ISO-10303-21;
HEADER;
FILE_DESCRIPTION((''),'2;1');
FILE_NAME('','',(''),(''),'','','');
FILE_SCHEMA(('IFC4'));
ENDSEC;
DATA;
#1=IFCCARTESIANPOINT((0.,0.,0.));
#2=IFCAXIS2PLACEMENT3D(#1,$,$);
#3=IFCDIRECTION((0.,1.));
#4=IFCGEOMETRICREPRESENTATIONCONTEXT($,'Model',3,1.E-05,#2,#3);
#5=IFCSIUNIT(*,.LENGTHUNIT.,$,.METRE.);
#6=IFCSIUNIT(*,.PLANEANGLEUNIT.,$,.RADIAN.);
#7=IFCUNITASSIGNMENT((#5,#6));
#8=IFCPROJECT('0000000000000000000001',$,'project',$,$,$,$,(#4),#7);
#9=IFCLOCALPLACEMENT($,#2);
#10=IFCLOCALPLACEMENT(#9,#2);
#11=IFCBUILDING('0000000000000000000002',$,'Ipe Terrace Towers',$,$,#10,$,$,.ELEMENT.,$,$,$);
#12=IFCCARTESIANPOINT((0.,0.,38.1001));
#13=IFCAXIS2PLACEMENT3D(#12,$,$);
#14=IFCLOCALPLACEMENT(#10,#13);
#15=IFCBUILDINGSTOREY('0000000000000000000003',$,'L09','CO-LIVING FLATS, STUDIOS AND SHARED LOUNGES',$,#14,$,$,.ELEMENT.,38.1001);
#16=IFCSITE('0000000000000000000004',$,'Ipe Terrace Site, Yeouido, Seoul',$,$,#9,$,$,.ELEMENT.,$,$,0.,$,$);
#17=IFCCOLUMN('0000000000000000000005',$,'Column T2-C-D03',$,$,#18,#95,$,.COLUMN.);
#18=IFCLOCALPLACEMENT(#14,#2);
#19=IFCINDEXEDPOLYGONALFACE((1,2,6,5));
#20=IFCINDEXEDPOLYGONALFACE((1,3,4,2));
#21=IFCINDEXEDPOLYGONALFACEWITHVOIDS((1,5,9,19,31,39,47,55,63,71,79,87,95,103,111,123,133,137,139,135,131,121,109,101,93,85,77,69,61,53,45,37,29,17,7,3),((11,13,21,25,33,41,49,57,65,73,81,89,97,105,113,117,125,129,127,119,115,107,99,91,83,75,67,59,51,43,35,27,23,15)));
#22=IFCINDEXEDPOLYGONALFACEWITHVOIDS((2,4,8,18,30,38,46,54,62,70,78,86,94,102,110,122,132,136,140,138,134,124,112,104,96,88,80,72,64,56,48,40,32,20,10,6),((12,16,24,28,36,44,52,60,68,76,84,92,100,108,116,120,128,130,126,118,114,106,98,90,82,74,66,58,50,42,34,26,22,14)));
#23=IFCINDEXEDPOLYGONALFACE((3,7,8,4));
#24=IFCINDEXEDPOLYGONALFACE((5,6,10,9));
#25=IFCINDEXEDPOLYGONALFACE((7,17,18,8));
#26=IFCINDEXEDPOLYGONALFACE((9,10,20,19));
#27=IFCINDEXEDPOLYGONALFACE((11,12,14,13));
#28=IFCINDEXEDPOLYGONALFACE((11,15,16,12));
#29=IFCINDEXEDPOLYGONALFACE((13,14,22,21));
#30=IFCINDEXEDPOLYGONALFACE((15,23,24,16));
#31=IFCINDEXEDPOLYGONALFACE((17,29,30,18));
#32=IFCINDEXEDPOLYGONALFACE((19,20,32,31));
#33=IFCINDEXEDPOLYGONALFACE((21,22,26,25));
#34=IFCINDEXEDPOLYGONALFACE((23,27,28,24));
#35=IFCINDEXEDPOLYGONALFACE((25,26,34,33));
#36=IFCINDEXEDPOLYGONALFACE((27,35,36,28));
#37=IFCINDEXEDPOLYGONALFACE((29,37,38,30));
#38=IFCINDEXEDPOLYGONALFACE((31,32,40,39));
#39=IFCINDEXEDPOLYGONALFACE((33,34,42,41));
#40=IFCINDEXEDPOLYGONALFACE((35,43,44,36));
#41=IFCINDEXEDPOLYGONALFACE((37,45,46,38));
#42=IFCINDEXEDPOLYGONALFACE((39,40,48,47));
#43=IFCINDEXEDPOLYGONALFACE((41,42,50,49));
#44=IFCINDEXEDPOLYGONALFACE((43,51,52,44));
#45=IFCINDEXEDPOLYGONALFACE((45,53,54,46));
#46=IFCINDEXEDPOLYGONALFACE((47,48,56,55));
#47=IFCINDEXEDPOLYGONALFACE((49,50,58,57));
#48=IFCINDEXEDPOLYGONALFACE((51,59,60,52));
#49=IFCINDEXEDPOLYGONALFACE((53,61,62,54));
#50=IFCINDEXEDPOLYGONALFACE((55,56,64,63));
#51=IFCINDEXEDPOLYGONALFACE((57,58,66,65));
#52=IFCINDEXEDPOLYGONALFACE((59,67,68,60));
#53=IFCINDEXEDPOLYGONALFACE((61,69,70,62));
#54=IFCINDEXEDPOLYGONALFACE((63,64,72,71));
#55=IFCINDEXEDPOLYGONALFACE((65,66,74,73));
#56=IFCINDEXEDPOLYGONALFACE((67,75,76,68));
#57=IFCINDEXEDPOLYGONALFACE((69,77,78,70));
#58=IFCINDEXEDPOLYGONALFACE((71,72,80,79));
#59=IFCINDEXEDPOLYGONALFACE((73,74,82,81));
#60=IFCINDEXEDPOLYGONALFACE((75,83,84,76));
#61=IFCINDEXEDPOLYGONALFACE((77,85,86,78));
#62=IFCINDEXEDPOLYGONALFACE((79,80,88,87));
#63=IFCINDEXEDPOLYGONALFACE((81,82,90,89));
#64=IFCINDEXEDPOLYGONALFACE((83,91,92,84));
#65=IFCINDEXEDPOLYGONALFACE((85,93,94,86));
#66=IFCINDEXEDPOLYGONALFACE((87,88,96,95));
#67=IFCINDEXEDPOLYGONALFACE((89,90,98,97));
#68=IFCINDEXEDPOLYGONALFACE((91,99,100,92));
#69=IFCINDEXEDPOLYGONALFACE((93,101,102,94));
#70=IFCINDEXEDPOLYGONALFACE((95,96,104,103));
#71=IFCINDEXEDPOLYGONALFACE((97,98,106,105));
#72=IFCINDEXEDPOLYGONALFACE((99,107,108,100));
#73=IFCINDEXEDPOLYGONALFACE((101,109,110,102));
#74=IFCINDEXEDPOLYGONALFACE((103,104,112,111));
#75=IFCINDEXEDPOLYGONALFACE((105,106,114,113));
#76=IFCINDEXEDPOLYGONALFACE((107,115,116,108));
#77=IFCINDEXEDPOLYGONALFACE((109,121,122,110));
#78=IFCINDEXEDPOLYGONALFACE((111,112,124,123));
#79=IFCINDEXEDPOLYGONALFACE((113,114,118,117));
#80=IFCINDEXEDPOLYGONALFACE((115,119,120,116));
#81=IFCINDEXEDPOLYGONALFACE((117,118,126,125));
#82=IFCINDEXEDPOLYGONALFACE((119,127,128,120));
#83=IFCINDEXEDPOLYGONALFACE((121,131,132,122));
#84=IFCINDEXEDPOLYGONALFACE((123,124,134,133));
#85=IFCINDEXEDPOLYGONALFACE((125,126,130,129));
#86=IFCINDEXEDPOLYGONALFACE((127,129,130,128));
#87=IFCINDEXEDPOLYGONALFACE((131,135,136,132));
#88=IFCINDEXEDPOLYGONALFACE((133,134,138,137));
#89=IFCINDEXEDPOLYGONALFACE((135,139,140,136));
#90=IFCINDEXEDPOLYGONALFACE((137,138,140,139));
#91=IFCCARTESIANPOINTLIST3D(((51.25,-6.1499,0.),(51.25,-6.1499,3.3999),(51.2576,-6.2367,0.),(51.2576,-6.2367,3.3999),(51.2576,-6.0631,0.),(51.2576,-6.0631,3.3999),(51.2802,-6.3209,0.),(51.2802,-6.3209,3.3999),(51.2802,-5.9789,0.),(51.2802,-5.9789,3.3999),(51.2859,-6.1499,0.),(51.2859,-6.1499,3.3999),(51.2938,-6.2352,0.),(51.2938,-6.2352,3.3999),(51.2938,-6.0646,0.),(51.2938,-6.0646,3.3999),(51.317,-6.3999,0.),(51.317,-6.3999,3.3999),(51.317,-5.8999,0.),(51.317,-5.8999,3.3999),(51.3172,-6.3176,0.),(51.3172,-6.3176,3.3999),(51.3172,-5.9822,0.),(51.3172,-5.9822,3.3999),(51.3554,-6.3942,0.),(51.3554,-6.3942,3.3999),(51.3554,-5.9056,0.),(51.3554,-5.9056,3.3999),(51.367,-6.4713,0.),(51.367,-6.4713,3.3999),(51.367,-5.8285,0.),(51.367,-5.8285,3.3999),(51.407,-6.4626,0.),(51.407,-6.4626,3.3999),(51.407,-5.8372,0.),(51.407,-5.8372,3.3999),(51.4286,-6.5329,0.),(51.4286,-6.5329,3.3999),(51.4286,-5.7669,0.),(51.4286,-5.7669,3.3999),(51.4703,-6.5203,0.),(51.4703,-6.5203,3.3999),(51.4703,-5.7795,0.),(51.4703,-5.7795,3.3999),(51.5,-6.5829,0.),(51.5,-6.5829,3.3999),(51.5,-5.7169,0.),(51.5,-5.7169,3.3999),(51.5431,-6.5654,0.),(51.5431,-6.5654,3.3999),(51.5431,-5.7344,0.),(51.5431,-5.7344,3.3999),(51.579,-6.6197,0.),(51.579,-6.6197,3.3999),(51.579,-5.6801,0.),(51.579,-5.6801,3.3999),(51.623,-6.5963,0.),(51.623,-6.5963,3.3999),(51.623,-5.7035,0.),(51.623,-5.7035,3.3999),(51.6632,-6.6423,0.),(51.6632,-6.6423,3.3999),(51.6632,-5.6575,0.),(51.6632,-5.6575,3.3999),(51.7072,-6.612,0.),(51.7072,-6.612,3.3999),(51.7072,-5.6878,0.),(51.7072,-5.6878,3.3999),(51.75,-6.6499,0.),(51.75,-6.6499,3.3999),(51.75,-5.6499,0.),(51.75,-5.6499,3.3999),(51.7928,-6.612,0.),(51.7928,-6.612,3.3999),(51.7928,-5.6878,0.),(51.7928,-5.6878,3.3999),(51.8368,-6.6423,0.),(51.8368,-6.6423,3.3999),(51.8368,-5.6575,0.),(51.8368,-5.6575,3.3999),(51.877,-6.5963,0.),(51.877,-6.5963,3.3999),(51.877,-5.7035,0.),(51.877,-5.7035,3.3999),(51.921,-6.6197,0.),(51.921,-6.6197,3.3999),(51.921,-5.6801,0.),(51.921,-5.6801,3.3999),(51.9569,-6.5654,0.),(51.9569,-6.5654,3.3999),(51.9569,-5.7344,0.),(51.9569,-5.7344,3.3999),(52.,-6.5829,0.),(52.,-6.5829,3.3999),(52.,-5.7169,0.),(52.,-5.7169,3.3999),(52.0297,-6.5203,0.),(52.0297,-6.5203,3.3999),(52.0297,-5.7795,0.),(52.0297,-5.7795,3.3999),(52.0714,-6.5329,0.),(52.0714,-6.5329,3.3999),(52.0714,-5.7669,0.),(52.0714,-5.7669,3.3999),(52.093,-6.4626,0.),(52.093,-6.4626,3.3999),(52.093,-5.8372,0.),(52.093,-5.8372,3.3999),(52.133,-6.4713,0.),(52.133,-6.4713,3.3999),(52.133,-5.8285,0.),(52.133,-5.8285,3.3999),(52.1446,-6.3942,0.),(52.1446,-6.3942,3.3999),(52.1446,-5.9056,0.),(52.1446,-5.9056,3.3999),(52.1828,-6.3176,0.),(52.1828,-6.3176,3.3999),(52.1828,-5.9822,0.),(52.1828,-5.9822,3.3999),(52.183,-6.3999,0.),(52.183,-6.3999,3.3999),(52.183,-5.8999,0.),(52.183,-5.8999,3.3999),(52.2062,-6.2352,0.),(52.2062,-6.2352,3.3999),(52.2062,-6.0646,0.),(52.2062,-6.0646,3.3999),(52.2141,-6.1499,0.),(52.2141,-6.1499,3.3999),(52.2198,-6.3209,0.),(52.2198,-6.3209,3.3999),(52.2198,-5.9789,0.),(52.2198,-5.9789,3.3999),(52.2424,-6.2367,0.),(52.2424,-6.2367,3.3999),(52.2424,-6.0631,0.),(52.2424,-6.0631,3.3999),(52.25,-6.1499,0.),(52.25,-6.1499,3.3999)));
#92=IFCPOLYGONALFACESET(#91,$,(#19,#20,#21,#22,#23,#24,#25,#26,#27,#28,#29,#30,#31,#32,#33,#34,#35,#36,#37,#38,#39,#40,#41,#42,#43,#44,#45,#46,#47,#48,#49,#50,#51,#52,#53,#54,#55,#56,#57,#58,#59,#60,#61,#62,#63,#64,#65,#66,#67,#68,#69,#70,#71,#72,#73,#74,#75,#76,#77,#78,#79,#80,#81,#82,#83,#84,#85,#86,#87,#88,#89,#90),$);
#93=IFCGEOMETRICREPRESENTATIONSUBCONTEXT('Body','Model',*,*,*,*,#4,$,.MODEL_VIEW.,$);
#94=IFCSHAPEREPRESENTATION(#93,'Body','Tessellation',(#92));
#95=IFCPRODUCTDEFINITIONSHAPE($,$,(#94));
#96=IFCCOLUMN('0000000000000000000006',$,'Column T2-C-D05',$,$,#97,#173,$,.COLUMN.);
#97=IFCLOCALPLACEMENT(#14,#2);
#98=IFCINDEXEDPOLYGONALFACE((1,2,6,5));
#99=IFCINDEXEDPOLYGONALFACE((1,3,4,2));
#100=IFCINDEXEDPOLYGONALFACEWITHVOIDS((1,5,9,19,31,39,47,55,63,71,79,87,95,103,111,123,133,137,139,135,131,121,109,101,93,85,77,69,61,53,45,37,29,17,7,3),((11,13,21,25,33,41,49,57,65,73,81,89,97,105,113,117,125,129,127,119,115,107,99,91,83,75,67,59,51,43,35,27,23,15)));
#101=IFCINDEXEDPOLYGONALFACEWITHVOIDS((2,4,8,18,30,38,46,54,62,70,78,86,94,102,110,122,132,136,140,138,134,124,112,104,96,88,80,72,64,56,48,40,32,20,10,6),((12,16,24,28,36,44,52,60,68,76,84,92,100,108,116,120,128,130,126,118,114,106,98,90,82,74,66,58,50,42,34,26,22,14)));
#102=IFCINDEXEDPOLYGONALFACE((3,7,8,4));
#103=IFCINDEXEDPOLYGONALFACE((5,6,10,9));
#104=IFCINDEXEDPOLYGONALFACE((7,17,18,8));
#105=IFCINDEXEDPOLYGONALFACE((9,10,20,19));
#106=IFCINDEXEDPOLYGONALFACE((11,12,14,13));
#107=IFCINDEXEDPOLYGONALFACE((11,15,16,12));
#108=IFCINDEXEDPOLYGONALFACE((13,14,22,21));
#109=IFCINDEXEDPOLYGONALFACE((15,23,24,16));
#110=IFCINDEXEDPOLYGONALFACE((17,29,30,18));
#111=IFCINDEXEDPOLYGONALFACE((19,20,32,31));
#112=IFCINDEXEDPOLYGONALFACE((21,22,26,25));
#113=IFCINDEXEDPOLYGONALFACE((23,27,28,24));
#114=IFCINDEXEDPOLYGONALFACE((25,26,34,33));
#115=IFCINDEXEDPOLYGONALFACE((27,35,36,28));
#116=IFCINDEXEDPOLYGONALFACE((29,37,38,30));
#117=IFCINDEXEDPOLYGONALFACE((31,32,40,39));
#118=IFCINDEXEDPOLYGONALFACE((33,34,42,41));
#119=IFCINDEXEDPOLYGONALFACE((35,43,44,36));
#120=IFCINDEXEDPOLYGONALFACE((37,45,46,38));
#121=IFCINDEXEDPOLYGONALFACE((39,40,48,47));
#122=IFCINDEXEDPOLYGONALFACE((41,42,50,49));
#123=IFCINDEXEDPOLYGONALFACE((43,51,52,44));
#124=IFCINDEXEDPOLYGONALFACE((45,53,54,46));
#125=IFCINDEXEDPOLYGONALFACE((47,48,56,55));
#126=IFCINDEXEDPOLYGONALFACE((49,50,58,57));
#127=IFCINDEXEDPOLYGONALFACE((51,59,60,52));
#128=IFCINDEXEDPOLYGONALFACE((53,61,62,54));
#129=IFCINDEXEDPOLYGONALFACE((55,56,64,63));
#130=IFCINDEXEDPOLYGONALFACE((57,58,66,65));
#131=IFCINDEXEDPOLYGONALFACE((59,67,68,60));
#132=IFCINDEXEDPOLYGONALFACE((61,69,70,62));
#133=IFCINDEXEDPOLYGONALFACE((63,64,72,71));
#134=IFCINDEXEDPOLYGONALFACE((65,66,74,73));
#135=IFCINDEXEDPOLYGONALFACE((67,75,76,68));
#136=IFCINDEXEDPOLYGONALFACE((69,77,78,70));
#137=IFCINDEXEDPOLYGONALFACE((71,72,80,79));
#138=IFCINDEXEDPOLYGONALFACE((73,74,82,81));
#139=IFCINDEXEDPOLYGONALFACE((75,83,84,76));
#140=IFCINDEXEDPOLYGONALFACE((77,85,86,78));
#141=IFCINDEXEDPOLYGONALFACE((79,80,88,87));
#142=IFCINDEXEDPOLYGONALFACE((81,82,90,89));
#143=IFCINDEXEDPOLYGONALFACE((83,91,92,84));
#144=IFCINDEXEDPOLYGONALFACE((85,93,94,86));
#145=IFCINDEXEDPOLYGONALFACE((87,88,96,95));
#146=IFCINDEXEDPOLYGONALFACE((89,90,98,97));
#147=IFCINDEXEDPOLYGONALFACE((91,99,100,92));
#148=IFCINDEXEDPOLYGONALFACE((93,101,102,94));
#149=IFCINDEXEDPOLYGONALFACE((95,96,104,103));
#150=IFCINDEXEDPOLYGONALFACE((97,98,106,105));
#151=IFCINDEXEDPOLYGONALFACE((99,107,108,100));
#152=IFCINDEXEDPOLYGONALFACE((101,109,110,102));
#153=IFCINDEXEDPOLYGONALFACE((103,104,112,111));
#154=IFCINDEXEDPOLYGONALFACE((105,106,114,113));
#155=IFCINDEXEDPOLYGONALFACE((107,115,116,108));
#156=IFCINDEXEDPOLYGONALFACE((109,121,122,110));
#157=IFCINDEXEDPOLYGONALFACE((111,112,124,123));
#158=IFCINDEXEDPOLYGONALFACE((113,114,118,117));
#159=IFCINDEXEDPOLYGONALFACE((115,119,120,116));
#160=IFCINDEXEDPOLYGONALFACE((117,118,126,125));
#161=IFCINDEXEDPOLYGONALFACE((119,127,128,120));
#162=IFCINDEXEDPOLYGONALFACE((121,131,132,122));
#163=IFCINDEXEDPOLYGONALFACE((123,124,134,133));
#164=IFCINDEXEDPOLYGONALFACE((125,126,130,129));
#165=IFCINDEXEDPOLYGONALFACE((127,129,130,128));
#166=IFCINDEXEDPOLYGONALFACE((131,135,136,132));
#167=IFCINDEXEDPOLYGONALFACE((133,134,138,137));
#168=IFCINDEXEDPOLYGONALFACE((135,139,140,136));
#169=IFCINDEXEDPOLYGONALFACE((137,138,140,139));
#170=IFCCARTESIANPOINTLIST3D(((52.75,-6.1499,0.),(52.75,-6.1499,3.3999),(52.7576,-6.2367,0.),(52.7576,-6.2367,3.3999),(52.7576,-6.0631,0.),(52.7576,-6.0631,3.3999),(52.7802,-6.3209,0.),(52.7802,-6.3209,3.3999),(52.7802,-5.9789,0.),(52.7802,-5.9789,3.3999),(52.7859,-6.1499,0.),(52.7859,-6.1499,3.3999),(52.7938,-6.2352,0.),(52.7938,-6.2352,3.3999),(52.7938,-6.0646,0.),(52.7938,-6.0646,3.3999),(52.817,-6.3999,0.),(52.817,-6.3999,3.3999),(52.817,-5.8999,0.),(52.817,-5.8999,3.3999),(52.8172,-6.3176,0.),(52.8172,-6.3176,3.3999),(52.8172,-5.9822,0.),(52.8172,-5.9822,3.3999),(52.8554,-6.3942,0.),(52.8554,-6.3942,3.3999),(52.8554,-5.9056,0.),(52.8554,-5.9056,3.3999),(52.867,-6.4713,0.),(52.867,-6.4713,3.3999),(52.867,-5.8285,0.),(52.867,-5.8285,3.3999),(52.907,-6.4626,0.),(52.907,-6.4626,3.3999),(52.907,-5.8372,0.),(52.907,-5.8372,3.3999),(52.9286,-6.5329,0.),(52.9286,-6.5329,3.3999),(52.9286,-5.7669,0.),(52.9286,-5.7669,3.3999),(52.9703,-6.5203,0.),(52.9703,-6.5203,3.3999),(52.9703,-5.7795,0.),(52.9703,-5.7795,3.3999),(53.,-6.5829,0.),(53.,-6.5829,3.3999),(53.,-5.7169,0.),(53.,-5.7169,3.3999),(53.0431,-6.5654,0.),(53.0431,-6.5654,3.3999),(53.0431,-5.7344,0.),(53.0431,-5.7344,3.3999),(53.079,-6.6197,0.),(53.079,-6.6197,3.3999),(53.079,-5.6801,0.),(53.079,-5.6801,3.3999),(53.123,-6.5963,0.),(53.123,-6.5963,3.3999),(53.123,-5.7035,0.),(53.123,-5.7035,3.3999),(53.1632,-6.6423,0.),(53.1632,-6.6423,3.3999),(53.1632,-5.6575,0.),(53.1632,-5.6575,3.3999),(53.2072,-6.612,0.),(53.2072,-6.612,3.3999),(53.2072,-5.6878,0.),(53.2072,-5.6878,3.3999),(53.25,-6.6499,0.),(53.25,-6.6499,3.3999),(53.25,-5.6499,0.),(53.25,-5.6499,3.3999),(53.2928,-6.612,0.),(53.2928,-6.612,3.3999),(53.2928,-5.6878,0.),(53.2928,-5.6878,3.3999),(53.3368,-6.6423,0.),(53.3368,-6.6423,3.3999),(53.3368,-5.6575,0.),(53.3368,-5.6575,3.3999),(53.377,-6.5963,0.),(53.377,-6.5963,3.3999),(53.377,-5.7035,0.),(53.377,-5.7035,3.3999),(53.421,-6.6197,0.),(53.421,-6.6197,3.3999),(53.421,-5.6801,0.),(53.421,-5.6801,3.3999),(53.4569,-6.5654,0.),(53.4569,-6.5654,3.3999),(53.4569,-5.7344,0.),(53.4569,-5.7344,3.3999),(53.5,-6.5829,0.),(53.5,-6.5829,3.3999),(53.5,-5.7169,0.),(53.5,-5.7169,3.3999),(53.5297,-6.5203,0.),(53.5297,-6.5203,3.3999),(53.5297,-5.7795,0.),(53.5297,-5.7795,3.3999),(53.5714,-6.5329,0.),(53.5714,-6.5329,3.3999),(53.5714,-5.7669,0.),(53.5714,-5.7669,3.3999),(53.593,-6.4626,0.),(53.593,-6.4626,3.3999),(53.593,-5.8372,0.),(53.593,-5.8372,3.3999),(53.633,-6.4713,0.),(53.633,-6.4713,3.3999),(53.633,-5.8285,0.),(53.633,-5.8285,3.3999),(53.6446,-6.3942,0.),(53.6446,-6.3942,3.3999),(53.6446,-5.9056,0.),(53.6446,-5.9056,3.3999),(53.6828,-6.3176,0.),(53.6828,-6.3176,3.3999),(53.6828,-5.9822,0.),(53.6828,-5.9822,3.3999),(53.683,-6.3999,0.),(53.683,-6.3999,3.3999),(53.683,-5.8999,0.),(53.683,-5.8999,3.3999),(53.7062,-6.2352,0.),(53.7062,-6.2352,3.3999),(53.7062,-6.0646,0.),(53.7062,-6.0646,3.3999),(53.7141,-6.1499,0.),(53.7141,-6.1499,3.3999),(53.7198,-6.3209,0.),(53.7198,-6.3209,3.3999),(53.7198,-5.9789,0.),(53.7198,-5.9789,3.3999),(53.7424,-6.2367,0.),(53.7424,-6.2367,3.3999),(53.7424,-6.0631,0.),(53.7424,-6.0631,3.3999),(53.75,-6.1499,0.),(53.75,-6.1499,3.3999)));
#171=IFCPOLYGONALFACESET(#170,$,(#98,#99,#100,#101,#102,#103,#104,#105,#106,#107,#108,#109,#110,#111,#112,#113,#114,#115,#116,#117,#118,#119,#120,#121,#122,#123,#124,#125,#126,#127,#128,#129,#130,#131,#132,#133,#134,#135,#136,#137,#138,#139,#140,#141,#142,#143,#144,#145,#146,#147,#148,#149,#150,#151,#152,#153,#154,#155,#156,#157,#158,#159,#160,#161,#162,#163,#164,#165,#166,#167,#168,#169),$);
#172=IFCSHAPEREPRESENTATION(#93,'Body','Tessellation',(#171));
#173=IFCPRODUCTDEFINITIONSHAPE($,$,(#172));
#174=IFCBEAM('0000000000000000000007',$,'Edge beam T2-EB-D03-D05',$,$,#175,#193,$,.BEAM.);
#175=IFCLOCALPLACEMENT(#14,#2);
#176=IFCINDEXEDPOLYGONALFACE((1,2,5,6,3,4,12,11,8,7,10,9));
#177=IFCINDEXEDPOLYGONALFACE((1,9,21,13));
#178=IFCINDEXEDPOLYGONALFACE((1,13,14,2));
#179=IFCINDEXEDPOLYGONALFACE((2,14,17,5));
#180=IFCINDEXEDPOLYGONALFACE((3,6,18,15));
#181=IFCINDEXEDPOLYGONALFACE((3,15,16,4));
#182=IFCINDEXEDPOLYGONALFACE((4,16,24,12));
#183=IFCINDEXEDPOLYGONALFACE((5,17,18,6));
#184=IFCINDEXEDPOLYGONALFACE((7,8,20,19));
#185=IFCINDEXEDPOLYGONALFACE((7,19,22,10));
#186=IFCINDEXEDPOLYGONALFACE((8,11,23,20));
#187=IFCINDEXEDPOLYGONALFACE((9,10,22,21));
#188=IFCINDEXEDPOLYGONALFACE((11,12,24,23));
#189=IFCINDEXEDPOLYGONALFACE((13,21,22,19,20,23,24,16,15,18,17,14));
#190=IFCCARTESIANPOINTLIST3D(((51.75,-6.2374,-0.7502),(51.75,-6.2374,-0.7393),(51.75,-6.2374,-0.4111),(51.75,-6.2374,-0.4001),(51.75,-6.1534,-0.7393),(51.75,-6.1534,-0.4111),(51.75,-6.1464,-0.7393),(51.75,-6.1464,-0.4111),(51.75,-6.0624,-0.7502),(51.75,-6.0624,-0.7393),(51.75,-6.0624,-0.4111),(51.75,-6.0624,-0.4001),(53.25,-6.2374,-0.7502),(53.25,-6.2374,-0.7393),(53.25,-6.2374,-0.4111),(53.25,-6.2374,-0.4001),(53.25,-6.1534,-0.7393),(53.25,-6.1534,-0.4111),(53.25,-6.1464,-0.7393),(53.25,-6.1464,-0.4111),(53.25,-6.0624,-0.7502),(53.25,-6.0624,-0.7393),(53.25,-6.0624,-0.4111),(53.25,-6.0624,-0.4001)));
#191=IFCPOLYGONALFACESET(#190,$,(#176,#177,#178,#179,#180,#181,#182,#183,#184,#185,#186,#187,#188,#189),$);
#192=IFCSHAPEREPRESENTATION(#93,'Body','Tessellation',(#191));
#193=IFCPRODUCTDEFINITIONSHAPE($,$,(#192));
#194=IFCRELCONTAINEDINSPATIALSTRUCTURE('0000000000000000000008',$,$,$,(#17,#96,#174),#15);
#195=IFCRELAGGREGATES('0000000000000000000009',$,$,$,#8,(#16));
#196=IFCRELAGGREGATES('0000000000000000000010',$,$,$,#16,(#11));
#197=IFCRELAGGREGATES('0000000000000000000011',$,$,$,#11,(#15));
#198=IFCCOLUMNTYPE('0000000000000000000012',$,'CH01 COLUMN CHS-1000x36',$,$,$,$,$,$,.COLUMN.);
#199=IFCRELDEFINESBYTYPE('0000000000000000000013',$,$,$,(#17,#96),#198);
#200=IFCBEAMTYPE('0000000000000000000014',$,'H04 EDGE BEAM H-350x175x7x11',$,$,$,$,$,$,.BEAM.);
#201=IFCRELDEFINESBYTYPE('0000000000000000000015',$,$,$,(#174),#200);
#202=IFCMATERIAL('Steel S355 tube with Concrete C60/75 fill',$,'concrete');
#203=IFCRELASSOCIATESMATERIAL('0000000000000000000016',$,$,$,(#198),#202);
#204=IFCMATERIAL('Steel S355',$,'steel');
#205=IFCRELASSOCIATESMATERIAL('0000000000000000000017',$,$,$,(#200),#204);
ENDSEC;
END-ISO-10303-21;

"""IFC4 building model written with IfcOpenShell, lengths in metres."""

from ifc_helpers import new_model, si_unit, direction, frame, origin, origin_2d, place, context, subcontext, project, spatial, hollow_circle, i_section, extrude, material, material_profile, profile_set, type_object, element, save


model = new_model("IFC4")

# Units and contexts
model_context = context("Model", 3, precision=1e-05, world=origin(), true_north=direction((0.0, 1.0)))
body_context = subcontext(model_context, "Body", "Model", "MODEL_VIEW")
ifc_project = project(units=[si_unit("LENGTHUNIT", "METRE"), si_unit("PLANEANGLEUNIT", "RADIAN")], contexts=[model_context])

# Site, building, storey
site_placement = place(None, origin())
site = spatial("IfcSite", under=ifc_project, at=site_placement, Name="Ipe Terrace Site, Yeouido, Seoul", CompositionType="ELEMENT", RefElevation=0.0)
building_placement = place(site_placement, origin())
building = spatial("IfcBuilding", under=site, at=building_placement, Name="Ipe Terrace Towers", CompositionType="ELEMENT")
storey_placement = place(building_placement, frame((0.0, 0.0, 38.1001)))
storey = spatial("IfcBuildingStorey", under=building, at=storey_placement, Name="L09", Description="CO-LIVING FLATS, STUDIOS AND SHARED LOUNGES", CompositionType="ELEMENT", Elevation=38.1001)

# Columns
ifc_material_1 = material(Name="Steel S355 tube with Concrete C60/75 fill", Category="concrete")
ifc_material_profile_1 = material_profile(ifc_material_1, hollow_circle(Radius=0.5, WallThickness=0.0359, at=origin_2d()), Name="CHS-1000x36")
ifc_profile_set_1 = profile_set([ifc_material_profile_1], Name="Steel S355 tube with Concrete C60/75 fill")
column_type = type_object("IfcColumnType", Name="CH01 COLUMN CHS-1000x36", PredefinedType="COLUMN", material=ifc_profile_set_1)
for number, where, z_axis, x_axis, name in (
    (1, (51.75, -6.1499, 0.0), (0.0, 0.0, 1.0), (1.0, 0.0, 0.0), "Column T2-C-D03"),
    (2, (53.25, -6.1499, 0.0), (0.0, 0.0, 1.0), (1.0, 0.0, 0.0), "Column T2-C-D05"),
):
    element("IfcColumn", number, at=place(storey_placement, frame(where, z_axis=z_axis, x_axis=x_axis)), inside=storey, type_object=column_type, Name=name, PredefinedType="COLUMN", context=body_context, shape_type="SweptSolid", body=[
        extrude(hollow_circle(Radius=0.5, WallThickness=0.0359, at=origin_2d()), origin(), (0.0, 0.0, 1.0), 3.3999),
    ])

# Beam
ifc_material_2 = material(Name="Steel S355", Category="steel")
ifc_material_profile_2 = material_profile(ifc_material_2, i_section(OverallWidth=0.175, OverallDepth=0.3501, WebThickness=0.0071, FlangeThickness=0.011, at=origin_2d()), Name="H-350x175x7x11")
ifc_profile_set_2 = profile_set([ifc_material_profile_2], Name="Steel S355")
beam_type = type_object("IfcBeamType", Name="H04 EDGE BEAM H-350x175x7x11", PredefinedType="BEAM", material=ifc_profile_set_2)
beam_placement = place(storey_placement, frame((51.75, -6.1499, -0.5752), z_axis=(1.0, 0.0, 0.0), x_axis=(0.0, 1.0, 0.0)))
element("IfcBeam", 3, at=beam_placement, inside=storey, type_object=beam_type, Name="Edge beam T2-EB-D03-D05", PredefinedType="BEAM", context=body_context, shape_type="SweptSolid", body=[
    extrude(i_section(OverallWidth=0.175, OverallDepth=0.3501, WebThickness=0.0071, FlangeThickness=0.011, at=origin_2d()), origin(), (0.0, 0.0, 1.0), 1.5),
])

save(model, "model.ifc")
